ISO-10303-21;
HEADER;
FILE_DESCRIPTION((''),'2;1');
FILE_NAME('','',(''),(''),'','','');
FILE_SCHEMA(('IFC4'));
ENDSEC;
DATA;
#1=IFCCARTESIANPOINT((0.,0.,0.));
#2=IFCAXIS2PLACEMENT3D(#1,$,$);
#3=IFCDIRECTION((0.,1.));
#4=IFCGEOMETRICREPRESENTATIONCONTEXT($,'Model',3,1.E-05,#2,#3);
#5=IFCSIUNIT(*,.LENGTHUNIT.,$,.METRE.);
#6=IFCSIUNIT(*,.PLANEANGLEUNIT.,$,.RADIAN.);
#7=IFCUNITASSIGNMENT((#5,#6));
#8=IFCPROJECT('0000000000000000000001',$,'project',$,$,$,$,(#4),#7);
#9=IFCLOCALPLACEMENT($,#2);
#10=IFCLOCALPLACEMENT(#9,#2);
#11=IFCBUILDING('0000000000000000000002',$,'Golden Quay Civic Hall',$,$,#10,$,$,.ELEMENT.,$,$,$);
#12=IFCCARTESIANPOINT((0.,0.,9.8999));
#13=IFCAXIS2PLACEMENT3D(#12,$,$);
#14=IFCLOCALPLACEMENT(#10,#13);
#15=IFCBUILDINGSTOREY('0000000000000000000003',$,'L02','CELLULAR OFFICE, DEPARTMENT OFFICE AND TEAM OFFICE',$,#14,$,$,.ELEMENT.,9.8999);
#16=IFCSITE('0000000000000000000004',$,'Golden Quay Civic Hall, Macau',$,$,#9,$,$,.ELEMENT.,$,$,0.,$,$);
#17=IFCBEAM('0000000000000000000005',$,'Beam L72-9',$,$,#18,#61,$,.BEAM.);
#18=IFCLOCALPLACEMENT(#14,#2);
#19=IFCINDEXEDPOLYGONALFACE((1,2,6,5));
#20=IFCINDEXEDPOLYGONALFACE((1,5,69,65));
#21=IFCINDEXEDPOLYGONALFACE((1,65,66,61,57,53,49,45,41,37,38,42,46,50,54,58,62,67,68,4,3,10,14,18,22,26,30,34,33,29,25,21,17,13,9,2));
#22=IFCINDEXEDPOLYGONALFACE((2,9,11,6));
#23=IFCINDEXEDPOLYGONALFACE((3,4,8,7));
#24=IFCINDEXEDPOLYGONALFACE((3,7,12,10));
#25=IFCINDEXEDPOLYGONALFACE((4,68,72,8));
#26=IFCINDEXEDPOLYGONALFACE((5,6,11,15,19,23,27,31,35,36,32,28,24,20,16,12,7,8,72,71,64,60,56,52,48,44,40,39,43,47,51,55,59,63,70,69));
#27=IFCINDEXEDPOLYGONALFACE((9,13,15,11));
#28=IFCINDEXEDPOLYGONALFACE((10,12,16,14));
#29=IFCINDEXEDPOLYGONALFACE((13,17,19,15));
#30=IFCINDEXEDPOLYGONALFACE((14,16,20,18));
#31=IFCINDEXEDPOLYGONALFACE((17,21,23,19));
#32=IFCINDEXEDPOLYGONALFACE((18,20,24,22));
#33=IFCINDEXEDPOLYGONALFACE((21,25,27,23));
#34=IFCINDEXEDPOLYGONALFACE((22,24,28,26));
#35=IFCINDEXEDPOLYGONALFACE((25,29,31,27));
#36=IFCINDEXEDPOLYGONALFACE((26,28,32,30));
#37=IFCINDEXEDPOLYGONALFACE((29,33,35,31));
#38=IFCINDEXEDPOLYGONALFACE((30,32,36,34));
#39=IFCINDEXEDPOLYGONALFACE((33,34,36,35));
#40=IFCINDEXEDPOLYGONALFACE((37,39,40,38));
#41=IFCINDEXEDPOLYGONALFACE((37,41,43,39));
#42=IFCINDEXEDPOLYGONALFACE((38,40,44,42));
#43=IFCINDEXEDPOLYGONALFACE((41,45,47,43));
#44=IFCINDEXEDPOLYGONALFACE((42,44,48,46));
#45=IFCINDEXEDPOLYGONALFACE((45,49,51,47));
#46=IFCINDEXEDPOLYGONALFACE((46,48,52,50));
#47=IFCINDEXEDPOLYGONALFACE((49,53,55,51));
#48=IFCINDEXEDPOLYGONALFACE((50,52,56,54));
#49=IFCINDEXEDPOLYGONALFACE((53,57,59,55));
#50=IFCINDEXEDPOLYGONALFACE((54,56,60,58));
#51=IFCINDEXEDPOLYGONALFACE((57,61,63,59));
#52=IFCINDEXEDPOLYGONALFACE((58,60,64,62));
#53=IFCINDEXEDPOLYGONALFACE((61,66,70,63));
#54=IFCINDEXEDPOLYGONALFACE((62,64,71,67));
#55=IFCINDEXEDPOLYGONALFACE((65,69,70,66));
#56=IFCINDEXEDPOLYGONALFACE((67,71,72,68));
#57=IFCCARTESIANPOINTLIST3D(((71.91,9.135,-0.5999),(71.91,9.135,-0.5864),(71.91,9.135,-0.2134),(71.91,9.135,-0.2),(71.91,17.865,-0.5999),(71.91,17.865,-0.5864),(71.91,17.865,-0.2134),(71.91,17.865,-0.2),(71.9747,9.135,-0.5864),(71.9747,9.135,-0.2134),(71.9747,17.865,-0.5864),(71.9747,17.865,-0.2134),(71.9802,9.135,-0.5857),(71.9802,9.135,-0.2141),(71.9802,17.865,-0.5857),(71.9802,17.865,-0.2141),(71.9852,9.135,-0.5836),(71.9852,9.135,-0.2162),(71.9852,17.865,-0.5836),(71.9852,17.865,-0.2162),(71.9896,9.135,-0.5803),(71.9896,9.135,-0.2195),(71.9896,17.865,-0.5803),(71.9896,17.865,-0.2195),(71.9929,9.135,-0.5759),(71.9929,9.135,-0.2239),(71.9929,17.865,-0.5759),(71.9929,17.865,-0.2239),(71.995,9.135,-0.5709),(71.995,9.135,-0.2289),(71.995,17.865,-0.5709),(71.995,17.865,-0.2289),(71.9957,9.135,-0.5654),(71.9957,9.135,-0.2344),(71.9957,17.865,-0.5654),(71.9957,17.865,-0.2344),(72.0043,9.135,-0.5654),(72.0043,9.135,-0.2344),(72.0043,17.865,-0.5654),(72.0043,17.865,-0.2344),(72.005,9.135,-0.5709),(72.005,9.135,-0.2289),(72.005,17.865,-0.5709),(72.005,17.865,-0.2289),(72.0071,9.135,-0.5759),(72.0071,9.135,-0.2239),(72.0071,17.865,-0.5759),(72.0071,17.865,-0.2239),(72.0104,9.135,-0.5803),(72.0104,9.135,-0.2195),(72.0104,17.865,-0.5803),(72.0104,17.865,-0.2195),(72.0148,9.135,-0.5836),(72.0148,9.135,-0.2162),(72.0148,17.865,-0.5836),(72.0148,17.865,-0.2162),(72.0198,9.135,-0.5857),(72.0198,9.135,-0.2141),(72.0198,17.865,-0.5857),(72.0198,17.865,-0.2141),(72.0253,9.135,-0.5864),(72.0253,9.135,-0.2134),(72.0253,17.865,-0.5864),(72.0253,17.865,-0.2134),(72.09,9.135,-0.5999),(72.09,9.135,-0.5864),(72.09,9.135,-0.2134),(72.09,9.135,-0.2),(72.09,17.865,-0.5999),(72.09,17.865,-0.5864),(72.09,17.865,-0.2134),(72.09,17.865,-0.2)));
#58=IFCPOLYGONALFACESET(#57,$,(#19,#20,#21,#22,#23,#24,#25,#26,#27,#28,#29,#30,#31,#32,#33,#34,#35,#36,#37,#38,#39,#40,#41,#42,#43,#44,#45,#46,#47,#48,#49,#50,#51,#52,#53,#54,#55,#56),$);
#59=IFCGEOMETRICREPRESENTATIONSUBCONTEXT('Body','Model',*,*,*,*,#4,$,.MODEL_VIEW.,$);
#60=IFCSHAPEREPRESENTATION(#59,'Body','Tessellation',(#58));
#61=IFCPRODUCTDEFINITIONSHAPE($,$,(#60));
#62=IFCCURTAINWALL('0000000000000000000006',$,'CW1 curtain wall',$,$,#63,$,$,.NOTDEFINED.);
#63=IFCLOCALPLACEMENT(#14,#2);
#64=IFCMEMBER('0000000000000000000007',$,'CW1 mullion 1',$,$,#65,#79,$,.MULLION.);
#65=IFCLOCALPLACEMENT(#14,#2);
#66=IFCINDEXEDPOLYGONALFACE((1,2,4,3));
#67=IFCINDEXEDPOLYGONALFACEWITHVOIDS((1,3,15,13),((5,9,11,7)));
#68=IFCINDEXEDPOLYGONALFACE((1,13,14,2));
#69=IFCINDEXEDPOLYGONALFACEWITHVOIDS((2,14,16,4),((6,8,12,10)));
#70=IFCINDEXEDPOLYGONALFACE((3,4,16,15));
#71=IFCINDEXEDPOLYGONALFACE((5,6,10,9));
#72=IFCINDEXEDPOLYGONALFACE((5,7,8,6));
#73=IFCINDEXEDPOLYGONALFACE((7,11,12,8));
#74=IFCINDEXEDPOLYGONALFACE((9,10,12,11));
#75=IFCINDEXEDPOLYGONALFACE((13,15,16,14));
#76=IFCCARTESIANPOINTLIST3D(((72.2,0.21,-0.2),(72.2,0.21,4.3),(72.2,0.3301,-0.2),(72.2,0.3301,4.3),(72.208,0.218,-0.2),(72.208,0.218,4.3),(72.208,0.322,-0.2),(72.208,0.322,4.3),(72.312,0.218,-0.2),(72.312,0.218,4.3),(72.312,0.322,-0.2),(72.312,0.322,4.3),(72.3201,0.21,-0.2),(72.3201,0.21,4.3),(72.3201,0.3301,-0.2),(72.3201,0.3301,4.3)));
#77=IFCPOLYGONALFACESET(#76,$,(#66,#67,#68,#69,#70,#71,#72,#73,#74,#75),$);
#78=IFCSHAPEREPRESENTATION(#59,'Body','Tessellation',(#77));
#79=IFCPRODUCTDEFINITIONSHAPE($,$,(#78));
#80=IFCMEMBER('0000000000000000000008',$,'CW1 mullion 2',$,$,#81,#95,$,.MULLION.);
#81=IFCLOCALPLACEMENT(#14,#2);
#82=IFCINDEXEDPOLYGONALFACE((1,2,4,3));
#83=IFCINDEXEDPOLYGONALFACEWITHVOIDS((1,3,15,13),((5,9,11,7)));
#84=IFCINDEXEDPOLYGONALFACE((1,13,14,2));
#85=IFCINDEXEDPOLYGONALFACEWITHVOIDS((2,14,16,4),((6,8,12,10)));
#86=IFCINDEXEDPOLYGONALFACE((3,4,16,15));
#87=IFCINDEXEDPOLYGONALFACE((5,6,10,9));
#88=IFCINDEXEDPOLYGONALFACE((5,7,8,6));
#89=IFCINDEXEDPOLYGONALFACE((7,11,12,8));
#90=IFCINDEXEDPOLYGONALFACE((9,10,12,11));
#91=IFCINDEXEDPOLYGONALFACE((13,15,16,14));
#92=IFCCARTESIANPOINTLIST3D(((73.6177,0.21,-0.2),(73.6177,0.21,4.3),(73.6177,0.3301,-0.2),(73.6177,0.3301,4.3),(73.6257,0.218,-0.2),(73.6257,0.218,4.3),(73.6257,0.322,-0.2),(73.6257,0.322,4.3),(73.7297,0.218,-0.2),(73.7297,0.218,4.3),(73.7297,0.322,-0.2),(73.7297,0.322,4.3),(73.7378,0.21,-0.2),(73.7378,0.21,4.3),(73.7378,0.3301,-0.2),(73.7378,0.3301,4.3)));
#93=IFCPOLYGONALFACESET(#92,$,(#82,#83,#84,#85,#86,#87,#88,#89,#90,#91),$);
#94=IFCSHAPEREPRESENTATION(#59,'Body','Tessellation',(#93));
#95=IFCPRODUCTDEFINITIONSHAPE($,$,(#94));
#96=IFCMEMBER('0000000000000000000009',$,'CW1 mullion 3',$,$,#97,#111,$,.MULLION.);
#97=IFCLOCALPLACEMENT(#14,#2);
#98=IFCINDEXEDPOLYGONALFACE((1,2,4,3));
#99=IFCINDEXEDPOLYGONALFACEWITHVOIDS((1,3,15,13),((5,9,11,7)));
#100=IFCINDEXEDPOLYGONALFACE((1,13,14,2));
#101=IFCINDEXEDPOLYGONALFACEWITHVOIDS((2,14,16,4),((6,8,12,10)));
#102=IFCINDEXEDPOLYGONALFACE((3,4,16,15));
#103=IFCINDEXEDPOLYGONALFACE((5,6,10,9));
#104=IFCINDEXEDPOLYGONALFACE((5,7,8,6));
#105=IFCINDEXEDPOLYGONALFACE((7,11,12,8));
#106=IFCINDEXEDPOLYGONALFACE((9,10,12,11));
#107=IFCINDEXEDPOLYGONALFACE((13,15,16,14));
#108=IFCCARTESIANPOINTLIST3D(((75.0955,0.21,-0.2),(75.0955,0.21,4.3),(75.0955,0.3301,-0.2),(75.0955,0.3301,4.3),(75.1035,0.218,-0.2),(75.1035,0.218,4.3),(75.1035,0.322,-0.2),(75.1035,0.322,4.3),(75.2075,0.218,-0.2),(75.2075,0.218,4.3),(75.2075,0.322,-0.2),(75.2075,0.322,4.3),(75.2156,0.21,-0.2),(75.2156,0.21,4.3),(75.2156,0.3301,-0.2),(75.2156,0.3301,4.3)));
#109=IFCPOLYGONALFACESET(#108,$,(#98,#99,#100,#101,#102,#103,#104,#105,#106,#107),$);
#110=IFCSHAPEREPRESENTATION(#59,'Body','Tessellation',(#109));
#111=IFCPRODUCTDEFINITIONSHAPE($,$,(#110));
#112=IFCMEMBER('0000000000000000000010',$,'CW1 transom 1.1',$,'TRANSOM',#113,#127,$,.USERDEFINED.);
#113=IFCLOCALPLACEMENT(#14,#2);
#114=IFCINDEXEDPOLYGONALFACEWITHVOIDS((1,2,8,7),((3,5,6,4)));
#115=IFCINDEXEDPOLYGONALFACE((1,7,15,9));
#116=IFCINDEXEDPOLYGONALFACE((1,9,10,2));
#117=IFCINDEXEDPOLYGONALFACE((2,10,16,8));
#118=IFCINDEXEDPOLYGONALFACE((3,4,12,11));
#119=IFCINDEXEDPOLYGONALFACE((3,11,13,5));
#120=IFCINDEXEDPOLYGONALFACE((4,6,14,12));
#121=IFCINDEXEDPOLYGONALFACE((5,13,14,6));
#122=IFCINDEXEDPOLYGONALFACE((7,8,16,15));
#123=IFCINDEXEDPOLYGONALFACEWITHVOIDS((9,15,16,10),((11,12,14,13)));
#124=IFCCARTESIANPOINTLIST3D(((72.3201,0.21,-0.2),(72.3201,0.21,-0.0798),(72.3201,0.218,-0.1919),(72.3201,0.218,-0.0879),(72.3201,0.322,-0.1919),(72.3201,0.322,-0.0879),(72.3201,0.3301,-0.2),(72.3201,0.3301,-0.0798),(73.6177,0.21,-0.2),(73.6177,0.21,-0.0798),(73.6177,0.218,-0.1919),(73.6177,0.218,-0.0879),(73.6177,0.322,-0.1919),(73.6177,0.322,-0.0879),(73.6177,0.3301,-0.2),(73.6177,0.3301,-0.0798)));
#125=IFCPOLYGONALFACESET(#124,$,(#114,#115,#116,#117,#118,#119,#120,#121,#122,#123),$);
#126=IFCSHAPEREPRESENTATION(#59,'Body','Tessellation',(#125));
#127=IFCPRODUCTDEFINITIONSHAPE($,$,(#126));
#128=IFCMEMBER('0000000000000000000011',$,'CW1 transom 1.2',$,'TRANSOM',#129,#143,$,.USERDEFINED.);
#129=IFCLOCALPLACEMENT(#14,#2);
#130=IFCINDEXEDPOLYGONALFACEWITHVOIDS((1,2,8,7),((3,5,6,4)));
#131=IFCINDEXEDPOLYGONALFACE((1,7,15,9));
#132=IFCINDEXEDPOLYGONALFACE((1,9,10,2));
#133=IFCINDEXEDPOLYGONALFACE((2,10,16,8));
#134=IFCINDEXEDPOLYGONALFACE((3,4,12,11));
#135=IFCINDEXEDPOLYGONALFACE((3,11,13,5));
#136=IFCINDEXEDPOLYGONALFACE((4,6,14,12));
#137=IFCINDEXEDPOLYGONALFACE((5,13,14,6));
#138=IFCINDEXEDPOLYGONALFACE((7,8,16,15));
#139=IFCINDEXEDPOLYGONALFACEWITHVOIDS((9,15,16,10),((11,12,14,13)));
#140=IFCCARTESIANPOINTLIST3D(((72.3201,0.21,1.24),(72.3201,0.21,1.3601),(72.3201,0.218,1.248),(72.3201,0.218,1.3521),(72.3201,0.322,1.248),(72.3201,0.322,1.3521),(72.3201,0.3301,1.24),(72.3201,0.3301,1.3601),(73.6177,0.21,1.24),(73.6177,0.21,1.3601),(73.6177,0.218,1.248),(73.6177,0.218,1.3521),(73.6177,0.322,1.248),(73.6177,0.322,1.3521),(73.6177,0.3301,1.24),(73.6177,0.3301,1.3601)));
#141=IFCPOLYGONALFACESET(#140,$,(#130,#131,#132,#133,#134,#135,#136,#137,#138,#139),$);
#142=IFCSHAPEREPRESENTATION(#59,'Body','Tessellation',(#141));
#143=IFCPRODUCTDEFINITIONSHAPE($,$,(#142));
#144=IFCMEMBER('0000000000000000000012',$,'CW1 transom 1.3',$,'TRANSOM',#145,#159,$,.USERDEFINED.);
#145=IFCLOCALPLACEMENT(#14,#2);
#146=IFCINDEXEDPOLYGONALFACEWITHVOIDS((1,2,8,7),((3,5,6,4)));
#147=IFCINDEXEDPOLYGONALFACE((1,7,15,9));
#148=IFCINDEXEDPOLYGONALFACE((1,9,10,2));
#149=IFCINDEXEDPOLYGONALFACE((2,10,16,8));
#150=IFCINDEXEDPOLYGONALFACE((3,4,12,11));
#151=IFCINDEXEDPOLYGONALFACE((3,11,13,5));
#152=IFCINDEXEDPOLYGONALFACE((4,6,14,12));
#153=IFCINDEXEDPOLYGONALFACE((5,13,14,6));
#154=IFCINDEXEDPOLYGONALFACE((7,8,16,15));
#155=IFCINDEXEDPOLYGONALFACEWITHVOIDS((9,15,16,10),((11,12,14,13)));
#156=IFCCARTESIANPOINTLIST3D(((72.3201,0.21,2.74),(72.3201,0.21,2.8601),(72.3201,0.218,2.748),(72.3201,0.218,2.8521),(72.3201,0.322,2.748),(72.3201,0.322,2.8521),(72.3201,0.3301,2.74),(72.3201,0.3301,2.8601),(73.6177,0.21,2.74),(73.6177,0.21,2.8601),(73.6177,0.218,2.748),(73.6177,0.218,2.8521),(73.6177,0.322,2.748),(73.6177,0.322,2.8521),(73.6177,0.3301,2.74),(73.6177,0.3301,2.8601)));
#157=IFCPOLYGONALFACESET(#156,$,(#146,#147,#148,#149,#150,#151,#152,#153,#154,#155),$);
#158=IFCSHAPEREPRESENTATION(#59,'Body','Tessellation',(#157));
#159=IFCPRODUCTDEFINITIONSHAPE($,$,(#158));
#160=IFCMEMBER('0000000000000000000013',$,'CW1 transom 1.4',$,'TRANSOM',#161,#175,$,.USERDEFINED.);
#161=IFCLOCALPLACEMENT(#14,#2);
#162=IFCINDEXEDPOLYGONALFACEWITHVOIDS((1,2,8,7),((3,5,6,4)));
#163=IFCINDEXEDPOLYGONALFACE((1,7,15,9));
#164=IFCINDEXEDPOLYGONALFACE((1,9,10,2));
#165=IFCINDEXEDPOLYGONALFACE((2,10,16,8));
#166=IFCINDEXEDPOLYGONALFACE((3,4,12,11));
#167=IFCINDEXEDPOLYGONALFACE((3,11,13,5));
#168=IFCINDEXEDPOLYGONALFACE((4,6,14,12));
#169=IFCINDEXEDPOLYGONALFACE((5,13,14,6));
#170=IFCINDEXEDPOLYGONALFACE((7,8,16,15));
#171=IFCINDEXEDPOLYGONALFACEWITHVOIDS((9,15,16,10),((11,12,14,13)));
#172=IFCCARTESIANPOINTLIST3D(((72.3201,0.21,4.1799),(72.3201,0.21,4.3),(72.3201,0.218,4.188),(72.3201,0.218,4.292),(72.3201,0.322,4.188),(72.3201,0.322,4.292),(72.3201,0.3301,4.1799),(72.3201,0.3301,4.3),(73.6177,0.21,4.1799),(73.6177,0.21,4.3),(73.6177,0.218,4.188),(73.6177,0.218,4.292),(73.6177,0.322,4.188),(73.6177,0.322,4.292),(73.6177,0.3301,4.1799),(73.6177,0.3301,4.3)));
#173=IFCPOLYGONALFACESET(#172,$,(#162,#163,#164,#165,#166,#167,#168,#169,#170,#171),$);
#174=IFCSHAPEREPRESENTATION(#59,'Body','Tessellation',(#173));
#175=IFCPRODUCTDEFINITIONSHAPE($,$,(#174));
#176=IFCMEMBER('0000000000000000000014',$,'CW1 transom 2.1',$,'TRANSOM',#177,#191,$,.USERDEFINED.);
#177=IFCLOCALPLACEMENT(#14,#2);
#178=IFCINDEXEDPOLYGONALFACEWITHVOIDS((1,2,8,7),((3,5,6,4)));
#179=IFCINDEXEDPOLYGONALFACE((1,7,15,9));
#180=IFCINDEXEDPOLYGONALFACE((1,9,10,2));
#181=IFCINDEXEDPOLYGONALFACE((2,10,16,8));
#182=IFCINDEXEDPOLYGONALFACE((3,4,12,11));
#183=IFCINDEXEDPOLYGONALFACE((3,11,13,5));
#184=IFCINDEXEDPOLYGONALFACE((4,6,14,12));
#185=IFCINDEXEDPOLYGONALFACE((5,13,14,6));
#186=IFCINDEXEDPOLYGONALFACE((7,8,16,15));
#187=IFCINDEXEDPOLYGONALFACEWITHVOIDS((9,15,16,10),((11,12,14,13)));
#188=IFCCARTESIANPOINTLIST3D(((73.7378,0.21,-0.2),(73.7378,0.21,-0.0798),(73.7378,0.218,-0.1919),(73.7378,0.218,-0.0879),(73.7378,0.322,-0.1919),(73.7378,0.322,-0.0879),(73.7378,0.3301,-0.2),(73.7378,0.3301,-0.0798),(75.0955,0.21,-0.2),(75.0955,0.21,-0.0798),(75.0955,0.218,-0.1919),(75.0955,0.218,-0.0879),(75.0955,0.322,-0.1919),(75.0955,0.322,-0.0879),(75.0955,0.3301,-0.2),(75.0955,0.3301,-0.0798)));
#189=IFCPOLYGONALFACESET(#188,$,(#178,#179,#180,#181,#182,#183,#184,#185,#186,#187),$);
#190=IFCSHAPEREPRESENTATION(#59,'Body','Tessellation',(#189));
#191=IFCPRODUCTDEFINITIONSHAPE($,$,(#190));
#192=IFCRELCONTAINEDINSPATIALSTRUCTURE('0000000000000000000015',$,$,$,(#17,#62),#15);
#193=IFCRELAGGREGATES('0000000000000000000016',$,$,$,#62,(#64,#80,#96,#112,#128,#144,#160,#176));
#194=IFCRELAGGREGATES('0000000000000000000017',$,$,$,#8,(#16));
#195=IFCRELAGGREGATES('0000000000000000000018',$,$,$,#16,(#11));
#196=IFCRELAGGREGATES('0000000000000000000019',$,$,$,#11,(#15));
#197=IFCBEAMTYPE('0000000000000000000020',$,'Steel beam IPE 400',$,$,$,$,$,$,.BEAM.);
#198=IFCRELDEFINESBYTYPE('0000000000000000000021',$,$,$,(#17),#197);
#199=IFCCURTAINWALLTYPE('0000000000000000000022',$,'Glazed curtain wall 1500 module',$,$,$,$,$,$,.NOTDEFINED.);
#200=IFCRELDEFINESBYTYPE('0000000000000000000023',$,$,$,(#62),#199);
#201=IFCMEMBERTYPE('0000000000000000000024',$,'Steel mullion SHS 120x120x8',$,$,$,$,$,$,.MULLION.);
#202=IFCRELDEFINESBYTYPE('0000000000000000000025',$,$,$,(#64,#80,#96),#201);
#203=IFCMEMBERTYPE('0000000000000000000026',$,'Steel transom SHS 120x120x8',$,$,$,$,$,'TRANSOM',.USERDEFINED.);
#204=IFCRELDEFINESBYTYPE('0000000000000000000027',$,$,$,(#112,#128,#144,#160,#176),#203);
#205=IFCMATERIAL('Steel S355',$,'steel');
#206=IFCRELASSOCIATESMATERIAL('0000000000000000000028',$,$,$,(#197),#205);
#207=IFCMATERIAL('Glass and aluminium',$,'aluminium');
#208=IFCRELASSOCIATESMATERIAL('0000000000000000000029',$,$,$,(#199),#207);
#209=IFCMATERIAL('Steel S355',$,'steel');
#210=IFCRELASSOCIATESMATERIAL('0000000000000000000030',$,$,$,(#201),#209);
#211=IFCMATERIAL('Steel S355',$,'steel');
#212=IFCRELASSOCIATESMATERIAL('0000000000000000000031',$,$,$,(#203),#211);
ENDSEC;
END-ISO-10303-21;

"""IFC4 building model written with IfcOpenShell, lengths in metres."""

from ifc_helpers import new_model, si_unit, direction, frame, origin, origin_2d, place, context, subcontext, project, spatial, hollow_rectangle, i_section, extrude, material, material_profile, profile_set, type_object, element, aggregate, save


model = new_model("IFC4")

# Units and contexts
model_context = context("Model", 3, precision=1e-05, world=origin(), true_north=direction((0.0, 1.0)))
body_context = subcontext(model_context, "Body", "Model", "MODEL_VIEW")
ifc_project = project(units=[si_unit("LENGTHUNIT", "METRE"), si_unit("PLANEANGLEUNIT", "RADIAN")], contexts=[model_context])

# Site, building, storey
site_placement = place(None, origin())
site = spatial("IfcSite", under=ifc_project, at=site_placement, Name="Golden Quay Civic Hall, Macau", CompositionType="ELEMENT", RefElevation=0.0)
building_placement = place(site_placement, origin())
building = spatial("IfcBuilding", under=site, at=building_placement, Name="Golden Quay Civic Hall", CompositionType="ELEMENT")
storey_placement = place(building_placement, frame((0.0, 0.0, 9.8999)))
storey = spatial("IfcBuildingStorey", under=building, at=storey_placement, Name="L02", Description="CELLULAR OFFICE, DEPARTMENT OFFICE AND TEAM OFFICE", CompositionType="ELEMENT", Elevation=9.8999)

# Beam
ifc_material_1 = material(Name="Steel S355", Category="steel")
ifc_material_profile_1 = material_profile(ifc_material_1, i_section(OverallWidth=0.1799, OverallDepth=0.3999, WebThickness=0.0085, FlangeThickness=0.0134, FilletRadius=0.021, at=origin_2d()), Name="IPE 400")
ifc_profile_set_1 = profile_set([ifc_material_profile_1], Name="Steel S355")
beam_type = type_object("IfcBeamType", Name="Steel beam IPE 400", PredefinedType="BEAM", material=ifc_profile_set_1)
beam_placement = place(storey_placement, frame((72.0, 9.135, -0.3999), z_axis=(0.0, 1.0, 0.0), x_axis=(-1.0, 0.0, 0.0)))
element("IfcBeam", 1, at=beam_placement, inside=storey, type_object=beam_type, Name="Beam L72-9", PredefinedType="BEAM", context=body_context, shape_type="SweptSolid", body=[
    extrude(i_section(OverallWidth=0.1799, OverallDepth=0.3999, WebThickness=0.0085, FlangeThickness=0.0134, FilletRadius=0.021, at=origin_2d()), origin(), (0.0, 0.0, 1.0), 8.73),
])

# Curtain wall, members
ifc_material_2 = material(Name="Glass and aluminium", Category="aluminium")
curtain_wall_type = type_object("IfcCurtainWallType", Name="Glazed curtain wall 1500 module", PredefinedType="NOTDEFINED", material=ifc_material_2)
curtain_wall_placement = place(storey_placement, origin())
curtain_wall = element("IfcCurtainWall", 2, at=curtain_wall_placement, inside=storey, type_object=curtain_wall_type, Name="CW1 curtain wall", PredefinedType="NOTDEFINED")
ifc_material_3 = material(Name="Steel S355", Category="steel")
ifc_material_profile_2 = material_profile(ifc_material_3, hollow_rectangle(XDim=0.1201, YDim=0.1201, WallThickness=0.0081, at=origin_2d()), Name="SHS 120x120x8")
ifc_profile_set_2 = profile_set([ifc_material_profile_2], Name="Steel S355")
member_type_1 = type_object("IfcMemberType", Name="Steel mullion SHS 120x120x8", PredefinedType="MULLION", material=ifc_profile_set_2)
member_1_placement = place(storey_placement, frame((72.26, 0.27, -0.2), z_axis=(0.0, 0.0, 1.0), x_axis=(0.0, 1.0, 0.0)))
member_1 = element("IfcMember", 3, at=member_1_placement, type_object=member_type_1, Name="CW1 mullion 1", PredefinedType="MULLION", context=body_context, shape_type="SweptSolid", body=[
    extrude(hollow_rectangle(XDim=0.1201, YDim=0.1201, WallThickness=0.0081, at=origin_2d()), origin(), (0.0, 0.0, 1.0), 4.5),
])
member_2_placement = place(storey_placement, frame((73.6777, 0.27, -0.2), z_axis=(0.0, 0.0, 1.0), x_axis=(0.0, 1.0, 0.0)))
member_2 = element("IfcMember", 4, at=member_2_placement, type_object=member_type_1, Name="CW1 mullion 2", PredefinedType="MULLION", context=body_context, shape_type="SweptSolid", body=[
    extrude(hollow_rectangle(XDim=0.1201, YDim=0.1201, WallThickness=0.0081, at=origin_2d()), origin(), (0.0, 0.0, 1.0), 4.5),
])
member_3_placement = place(storey_placement, frame((75.1555, 0.27, -0.2), z_axis=(0.0, 0.0, 1.0), x_axis=(0.0, 1.0, 0.0)))
member_3 = element("IfcMember", 5, at=member_3_placement, type_object=member_type_1, Name="CW1 mullion 3", PredefinedType="MULLION", context=body_context, shape_type="SweptSolid", body=[
    extrude(hollow_rectangle(XDim=0.1201, YDim=0.1201, WallThickness=0.0081, at=origin_2d()), origin(), (0.0, 0.0, 1.0), 4.5),
])
ifc_material_4 = material(Name="Steel S355", Category="steel")
ifc_material_profile_3 = material_profile(ifc_material_4, hollow_rectangle(XDim=0.1201, YDim=0.1201, WallThickness=0.0081, at=origin_2d()), Name="SHS 120x120x8")
ifc_profile_set_3 = profile_set([ifc_material_profile_3], Name="Steel S355")
member_type_2 = type_object("IfcMemberType", Name="Steel transom SHS 120x120x8", ElementType="TRANSOM", PredefinedType="USERDEFINED", material=ifc_profile_set_3)
member_4_placement = place(storey_placement, frame((72.3201, 0.27, -0.1399), z_axis=(1.0, 0.0, 0.0), x_axis=(0.0, 1.0, 0.0)))
member_4 = element("IfcMember", 6, at=member_4_placement, type_object=member_type_2, Name="CW1 transom 1.1", ObjectType="TRANSOM", PredefinedType="USERDEFINED", context=body_context, shape_type="SweptSolid", body=[
    extrude(hollow_rectangle(XDim=0.1201, YDim=0.1201, WallThickness=0.0081, at=origin_2d()), origin(), (0.0, 0.0, 1.0), 1.2976),
])
member_5_placement = place(storey_placement, frame((72.3201, 0.27, 1.3), z_axis=(1.0, 0.0, 0.0), x_axis=(0.0, 1.0, 0.0)))
member_5 = element("IfcMember", 7, at=member_5_placement, type_object=member_type_2, Name="CW1 transom 1.2", ObjectType="TRANSOM", PredefinedType="USERDEFINED", context=body_context, shape_type="SweptSolid", body=[
    extrude(hollow_rectangle(XDim=0.1201, YDim=0.1201, WallThickness=0.0081, at=origin_2d()), origin(), (0.0, 0.0, 1.0), 1.2976),
])
member_6_placement = place(storey_placement, frame((72.3201, 0.27, 2.8), z_axis=(1.0, 0.0, 0.0), x_axis=(0.0, 1.0, 0.0)))
member_6 = element("IfcMember", 8, at=member_6_placement, type_object=member_type_2, Name="CW1 transom 1.3", ObjectType="TRANSOM", PredefinedType="USERDEFINED", context=body_context, shape_type="SweptSolid", body=[
    extrude(hollow_rectangle(XDim=0.1201, YDim=0.1201, WallThickness=0.0081, at=origin_2d()), origin(), (0.0, 0.0, 1.0), 1.2976),
])
member_7_placement = place(storey_placement, frame((72.3201, 0.27, 4.24), z_axis=(1.0, 0.0, 0.0), x_axis=(0.0, 1.0, 0.0)))
member_7 = element("IfcMember", 9, at=member_7_placement, type_object=member_type_2, Name="CW1 transom 1.4", ObjectType="TRANSOM", PredefinedType="USERDEFINED", context=body_context, shape_type="SweptSolid", body=[
    extrude(hollow_rectangle(XDim=0.1201, YDim=0.1201, WallThickness=0.0081, at=origin_2d()), origin(), (0.0, 0.0, 1.0), 1.2976),
])
member_8_placement = place(storey_placement, frame((73.7378, 0.27, -0.1399), z_axis=(1.0, 0.0, 0.0), x_axis=(0.0, 1.0, 0.0)))
member_8 = element("IfcMember", 10, at=member_8_placement, type_object=member_type_2, Name="CW1 transom 2.1", ObjectType="TRANSOM", PredefinedType="USERDEFINED", context=body_context, shape_type="SweptSolid", body=[
    extrude(hollow_rectangle(XDim=0.1201, YDim=0.1201, WallThickness=0.0081, at=origin_2d()), origin(), (0.0, 0.0, 1.0), 1.3577),
])
aggregate(curtain_wall, [member_1, member_2, member_3, member_4, member_5, member_6, member_7, member_8])

save(model, "model.ifc")
